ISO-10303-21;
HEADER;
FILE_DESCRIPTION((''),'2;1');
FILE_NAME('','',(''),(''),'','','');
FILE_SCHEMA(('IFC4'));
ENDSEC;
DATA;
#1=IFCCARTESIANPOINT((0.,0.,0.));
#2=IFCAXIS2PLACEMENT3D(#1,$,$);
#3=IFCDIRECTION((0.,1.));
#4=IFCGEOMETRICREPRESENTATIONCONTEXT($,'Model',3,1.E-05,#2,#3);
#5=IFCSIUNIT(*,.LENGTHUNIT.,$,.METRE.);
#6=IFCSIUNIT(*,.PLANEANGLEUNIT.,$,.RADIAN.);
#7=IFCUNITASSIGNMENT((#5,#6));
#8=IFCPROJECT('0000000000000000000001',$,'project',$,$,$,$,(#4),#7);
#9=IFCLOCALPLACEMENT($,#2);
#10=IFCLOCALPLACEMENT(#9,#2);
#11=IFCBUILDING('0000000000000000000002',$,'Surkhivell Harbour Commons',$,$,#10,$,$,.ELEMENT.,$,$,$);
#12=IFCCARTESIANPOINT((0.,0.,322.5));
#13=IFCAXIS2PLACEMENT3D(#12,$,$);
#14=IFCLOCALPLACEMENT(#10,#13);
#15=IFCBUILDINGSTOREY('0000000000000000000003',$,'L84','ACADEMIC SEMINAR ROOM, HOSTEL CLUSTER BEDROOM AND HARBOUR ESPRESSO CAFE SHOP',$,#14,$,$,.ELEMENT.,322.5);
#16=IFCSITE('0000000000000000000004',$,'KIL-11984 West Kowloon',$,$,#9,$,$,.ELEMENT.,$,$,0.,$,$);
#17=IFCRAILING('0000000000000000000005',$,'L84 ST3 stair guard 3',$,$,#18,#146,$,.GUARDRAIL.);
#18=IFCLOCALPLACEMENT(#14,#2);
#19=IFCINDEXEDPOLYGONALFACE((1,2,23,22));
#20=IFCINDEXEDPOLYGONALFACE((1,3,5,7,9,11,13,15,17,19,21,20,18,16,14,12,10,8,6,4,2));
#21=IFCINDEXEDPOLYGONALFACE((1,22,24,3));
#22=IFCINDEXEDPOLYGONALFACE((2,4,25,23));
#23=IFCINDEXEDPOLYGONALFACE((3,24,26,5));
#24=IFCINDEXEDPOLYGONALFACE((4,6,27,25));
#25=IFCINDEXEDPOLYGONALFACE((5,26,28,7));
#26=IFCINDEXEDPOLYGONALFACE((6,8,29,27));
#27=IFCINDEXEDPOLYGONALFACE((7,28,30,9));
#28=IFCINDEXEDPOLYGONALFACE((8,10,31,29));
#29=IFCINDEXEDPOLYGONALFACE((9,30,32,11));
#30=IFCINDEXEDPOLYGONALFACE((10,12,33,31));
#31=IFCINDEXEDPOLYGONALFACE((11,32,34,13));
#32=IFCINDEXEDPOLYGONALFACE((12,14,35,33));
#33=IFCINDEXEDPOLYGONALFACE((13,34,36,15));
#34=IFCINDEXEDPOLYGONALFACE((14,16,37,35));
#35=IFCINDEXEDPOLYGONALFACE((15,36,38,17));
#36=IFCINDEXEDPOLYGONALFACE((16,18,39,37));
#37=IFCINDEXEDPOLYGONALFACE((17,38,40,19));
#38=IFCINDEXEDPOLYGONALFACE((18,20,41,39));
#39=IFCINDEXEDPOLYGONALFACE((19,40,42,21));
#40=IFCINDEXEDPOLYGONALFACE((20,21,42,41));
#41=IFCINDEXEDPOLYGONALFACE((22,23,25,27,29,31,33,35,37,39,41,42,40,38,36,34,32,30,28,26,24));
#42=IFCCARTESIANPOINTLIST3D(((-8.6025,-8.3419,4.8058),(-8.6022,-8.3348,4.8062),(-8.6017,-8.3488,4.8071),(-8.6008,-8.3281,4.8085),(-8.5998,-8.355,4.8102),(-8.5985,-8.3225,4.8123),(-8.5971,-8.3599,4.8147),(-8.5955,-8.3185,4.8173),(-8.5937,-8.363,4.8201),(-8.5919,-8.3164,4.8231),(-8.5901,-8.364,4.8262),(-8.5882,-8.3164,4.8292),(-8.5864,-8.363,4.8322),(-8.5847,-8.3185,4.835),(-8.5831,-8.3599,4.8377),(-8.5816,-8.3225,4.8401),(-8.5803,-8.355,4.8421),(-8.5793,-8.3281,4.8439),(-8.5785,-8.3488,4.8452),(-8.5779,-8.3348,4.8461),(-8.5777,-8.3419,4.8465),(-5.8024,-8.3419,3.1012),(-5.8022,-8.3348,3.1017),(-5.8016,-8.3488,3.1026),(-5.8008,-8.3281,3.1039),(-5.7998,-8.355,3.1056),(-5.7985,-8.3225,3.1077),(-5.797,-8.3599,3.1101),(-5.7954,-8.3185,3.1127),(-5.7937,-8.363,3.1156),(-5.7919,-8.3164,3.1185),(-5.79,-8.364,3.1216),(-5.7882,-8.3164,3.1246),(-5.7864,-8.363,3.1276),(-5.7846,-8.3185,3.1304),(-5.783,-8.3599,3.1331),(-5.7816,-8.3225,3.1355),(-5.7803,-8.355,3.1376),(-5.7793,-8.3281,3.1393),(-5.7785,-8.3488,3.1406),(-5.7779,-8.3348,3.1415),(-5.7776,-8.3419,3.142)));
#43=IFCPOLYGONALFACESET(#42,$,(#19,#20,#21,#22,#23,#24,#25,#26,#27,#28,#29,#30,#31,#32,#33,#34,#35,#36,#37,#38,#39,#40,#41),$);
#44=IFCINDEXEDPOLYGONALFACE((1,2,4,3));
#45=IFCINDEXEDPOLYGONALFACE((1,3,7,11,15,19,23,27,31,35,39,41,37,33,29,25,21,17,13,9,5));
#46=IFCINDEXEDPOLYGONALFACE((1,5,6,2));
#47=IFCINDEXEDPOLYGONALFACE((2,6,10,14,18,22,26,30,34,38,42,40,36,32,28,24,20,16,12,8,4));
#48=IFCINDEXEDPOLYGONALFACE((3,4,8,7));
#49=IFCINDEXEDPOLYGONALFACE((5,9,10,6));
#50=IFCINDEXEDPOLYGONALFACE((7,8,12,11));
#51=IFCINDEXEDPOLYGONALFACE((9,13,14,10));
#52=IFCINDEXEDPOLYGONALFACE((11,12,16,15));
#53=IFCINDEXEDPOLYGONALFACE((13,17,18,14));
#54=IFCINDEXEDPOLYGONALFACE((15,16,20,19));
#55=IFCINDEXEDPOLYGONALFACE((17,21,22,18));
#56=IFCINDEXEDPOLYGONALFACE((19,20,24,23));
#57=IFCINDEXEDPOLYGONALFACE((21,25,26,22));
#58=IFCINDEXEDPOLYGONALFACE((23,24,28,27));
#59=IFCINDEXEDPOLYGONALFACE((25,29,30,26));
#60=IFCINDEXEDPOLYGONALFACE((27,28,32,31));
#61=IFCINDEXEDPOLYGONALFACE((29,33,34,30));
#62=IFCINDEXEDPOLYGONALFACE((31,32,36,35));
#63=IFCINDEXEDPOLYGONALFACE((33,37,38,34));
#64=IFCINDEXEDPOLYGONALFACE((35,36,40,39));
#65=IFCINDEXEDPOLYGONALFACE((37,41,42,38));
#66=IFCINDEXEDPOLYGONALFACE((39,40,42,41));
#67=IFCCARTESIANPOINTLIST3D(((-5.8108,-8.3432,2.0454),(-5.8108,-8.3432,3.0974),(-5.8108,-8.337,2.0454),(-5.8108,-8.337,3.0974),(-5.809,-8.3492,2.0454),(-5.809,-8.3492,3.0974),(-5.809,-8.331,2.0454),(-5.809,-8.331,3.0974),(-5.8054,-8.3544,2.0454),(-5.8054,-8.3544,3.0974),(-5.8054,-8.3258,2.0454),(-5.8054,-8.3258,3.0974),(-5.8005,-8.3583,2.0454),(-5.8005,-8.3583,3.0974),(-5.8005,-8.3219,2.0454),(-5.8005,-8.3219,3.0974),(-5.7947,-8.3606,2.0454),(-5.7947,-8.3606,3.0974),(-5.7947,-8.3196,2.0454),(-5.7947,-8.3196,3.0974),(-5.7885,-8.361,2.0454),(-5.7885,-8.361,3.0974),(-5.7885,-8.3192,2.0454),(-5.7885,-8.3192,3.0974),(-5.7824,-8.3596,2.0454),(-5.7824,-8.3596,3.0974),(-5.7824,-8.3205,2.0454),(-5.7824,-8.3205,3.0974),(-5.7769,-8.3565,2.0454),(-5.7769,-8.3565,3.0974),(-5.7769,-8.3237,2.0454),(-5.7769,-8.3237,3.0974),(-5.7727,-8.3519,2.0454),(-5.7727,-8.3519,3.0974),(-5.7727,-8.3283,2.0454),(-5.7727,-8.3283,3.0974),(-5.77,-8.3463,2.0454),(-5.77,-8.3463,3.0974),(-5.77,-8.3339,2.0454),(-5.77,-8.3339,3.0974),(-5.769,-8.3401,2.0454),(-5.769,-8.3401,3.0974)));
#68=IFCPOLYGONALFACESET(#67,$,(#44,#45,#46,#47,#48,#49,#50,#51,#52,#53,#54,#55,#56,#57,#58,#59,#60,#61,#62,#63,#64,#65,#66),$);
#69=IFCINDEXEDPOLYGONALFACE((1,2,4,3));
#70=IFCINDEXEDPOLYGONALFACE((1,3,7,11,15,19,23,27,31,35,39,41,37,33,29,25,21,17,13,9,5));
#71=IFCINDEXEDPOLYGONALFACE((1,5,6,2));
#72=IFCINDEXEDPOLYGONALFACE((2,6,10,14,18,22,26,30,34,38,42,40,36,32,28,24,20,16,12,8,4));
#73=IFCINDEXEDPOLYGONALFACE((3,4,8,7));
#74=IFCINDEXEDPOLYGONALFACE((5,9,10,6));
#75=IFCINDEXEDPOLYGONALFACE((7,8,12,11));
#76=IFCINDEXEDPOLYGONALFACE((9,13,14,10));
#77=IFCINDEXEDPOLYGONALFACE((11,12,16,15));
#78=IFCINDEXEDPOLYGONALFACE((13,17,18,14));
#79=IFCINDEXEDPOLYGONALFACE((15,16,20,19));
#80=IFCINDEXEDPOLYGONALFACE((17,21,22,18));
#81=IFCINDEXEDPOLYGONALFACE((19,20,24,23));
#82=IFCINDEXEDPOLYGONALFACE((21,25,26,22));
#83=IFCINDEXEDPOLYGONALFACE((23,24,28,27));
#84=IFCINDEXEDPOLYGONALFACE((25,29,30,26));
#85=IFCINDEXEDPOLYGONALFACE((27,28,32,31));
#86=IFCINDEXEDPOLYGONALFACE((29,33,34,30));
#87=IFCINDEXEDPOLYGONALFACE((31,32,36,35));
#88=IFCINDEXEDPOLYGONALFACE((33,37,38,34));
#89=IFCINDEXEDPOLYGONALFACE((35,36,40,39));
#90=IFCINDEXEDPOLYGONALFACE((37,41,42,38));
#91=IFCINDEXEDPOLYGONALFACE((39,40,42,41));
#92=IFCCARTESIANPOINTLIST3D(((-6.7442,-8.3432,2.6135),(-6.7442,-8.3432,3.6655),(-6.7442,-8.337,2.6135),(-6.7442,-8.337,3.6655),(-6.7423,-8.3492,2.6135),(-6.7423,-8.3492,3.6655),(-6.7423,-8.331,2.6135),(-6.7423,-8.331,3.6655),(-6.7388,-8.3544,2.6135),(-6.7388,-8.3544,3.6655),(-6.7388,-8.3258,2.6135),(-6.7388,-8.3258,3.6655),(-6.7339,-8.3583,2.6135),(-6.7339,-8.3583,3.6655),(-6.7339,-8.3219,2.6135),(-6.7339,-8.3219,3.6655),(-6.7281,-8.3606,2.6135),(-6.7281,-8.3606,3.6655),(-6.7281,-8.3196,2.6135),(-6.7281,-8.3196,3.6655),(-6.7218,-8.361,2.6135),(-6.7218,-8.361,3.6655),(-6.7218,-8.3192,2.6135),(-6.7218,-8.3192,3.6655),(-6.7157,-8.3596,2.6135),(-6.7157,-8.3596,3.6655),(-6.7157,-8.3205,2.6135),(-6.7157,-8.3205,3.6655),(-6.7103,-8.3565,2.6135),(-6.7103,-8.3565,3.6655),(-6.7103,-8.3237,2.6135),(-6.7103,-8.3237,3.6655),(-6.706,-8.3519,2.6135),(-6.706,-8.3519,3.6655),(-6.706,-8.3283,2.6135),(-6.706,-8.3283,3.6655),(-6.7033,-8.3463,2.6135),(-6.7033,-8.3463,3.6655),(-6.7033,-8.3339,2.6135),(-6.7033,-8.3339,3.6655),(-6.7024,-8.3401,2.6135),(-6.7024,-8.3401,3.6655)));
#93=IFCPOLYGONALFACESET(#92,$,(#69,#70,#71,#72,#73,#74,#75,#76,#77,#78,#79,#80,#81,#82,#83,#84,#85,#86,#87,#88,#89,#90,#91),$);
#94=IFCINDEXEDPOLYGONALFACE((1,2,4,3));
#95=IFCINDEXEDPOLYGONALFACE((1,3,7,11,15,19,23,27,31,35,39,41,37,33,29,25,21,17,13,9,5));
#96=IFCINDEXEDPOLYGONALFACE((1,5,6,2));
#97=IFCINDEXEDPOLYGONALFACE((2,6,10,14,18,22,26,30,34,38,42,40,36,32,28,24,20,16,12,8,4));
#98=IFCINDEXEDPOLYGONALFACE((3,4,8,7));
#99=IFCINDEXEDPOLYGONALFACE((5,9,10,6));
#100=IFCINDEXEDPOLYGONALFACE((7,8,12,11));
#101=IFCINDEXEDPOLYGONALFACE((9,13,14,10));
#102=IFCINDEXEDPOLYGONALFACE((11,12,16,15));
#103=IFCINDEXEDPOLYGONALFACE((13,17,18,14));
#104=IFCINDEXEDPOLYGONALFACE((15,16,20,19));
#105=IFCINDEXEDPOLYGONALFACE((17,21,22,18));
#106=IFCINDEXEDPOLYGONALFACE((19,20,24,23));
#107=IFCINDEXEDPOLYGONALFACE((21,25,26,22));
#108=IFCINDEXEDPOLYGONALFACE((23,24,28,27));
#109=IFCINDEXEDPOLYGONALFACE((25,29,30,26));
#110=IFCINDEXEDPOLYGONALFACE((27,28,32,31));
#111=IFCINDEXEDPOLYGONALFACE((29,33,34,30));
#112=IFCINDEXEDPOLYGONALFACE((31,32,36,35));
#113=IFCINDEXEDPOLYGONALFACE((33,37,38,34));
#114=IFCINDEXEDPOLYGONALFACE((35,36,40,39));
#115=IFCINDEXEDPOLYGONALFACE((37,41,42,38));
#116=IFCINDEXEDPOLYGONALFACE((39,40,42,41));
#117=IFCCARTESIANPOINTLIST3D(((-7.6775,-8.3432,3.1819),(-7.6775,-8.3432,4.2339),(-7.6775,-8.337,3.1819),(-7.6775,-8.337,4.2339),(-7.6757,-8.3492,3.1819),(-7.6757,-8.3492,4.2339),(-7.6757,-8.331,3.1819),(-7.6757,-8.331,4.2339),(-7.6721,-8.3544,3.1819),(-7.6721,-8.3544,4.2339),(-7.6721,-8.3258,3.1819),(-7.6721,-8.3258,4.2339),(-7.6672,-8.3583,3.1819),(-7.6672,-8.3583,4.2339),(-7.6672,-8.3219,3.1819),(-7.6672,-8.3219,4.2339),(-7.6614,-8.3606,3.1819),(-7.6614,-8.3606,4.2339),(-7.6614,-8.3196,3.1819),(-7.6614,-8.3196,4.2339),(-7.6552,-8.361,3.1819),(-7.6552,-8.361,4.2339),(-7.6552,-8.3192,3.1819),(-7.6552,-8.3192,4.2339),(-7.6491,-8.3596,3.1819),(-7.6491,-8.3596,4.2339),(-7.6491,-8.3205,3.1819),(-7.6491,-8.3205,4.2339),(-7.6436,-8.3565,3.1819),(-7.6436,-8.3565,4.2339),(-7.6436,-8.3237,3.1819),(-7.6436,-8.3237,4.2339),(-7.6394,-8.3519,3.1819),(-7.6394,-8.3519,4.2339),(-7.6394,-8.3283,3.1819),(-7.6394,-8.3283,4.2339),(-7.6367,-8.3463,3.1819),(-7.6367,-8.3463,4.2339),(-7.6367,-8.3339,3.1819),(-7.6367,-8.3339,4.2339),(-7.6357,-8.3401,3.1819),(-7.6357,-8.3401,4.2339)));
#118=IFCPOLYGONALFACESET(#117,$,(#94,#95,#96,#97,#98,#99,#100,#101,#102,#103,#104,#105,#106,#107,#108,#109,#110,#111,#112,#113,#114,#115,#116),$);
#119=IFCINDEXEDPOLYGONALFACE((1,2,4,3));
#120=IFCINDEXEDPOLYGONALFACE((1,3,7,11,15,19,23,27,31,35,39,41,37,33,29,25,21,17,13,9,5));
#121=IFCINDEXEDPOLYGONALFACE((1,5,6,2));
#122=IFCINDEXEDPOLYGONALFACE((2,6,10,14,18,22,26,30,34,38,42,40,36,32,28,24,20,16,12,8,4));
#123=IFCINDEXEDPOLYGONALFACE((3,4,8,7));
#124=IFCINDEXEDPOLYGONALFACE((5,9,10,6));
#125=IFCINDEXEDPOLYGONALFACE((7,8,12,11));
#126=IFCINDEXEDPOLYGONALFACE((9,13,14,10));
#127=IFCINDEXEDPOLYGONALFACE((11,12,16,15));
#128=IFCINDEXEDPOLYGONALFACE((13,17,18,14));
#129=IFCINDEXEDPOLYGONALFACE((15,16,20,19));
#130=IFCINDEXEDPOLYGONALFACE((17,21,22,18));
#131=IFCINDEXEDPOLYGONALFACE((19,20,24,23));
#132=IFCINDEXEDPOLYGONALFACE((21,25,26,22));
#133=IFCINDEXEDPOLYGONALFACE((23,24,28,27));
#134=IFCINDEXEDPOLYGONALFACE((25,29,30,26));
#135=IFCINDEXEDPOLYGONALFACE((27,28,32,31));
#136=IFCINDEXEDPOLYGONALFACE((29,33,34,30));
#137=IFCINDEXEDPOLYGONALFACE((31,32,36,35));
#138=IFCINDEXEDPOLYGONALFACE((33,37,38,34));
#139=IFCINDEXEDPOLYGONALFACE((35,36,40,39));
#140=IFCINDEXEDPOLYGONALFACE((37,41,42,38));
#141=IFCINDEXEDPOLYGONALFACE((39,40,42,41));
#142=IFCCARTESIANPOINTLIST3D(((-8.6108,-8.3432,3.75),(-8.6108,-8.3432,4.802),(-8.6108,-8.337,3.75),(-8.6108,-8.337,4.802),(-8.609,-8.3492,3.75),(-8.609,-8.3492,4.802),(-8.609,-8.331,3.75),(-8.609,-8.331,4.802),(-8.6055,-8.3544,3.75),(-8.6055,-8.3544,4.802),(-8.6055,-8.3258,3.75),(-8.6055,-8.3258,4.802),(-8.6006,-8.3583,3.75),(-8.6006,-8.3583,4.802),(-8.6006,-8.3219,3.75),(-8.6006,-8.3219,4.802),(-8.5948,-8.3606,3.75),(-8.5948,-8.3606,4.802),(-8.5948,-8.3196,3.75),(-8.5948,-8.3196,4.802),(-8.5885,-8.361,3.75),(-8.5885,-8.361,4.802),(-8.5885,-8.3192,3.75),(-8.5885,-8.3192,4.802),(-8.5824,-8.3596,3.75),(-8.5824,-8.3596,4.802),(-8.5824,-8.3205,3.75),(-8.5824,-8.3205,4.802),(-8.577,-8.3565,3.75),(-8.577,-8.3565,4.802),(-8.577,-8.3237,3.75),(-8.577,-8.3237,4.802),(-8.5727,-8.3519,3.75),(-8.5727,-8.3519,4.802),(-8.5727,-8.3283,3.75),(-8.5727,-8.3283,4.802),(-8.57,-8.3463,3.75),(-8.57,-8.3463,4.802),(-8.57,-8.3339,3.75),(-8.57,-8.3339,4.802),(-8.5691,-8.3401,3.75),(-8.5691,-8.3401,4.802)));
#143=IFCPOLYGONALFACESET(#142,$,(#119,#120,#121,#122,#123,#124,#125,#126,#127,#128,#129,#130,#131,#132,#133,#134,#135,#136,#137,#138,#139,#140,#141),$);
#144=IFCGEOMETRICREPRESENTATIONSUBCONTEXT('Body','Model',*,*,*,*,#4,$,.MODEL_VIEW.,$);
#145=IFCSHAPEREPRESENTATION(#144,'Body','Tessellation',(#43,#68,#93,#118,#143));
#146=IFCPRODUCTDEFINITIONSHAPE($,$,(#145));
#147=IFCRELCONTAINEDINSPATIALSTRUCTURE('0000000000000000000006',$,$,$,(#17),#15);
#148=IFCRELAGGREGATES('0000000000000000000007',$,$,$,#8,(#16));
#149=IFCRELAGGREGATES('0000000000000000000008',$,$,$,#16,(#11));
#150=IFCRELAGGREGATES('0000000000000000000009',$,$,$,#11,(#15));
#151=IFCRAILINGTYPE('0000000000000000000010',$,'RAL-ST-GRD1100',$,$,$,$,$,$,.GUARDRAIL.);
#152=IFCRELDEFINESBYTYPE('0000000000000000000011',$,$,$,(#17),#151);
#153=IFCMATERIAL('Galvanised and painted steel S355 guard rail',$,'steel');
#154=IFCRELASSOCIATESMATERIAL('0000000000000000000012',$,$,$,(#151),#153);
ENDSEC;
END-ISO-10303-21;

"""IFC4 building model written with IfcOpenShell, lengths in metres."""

from ifc_helpers import new_model, si_unit, direction, frame, origin, origin_2d, place, context, subcontext, project, spatial, circle, extrude, material, type_object, element, save


model = new_model("IFC4")

# Units and contexts
model_context = context("Model", 3, precision=1e-05, world=origin(), true_north=direction((0.0, 1.0)))
body_context = subcontext(model_context, "Body", "Model", "MODEL_VIEW")
ifc_project = project(units=[si_unit("LENGTHUNIT", "METRE"), si_unit("PLANEANGLEUNIT", "RADIAN")], contexts=[model_context])

# Site, building, storey
site_placement = place(None, origin())
site = spatial("IfcSite", under=ifc_project, at=site_placement, Name="KIL-11984 West Kowloon", CompositionType="ELEMENT", RefElevation=0.0)
building_placement = place(site_placement, origin())
building = spatial("IfcBuilding", under=site, at=building_placement, Name="Surkhivell Harbour Commons", CompositionType="ELEMENT")
storey_placement = place(building_placement, frame((0.0, 0.0, 322.5)))
storey = spatial("IfcBuildingStorey", under=building, at=storey_placement, Name="L84", Description="ACADEMIC SEMINAR ROOM, HOSTEL CLUSTER BEDROOM AND HARBOUR ESPRESSO CAFE SHOP", CompositionType="ELEMENT", Elevation=322.5)

# Railing
ifc_material_1 = material(Name="Galvanised and painted steel S355 guard rail", Category="steel")
railing_type_1 = type_object("IfcRailingType", Name="RAL-ST-GRD1100", PredefinedType="GUARDRAIL", material=ifc_material_1)
railing_1_placement = place(storey_placement, frame((-5.79, -8.3401, 2.0454)))
element("IfcRailing", 1, at=railing_1_placement, inside=storey, type_object=railing_type_1, Name="L84 ST3 stair guard 3", PredefinedType="GUARDRAIL", context=body_context, shape_type="SweptSolid", body=[
    extrude(circle(Radius=0.0239, at=origin_2d()), frame((0.0, 0.0, 1.0762), z_axis=(-0.85417, 0.0, 0.519994), x_axis=(0.0, -1.0, 0.0)), (0.0, 0.0, 1.0), 3.2781),
    extrude(circle(Radius=0.021, at=origin_2d()), origin(), (0.0, 0.0, 1.0), 1.052),
    extrude(circle(Radius=0.021, at=origin_2d()), frame((-0.9333, 0.0, 0.5681)), (0.0, 0.0, 1.0), 1.052),
    extrude(circle(Radius=0.021, at=origin_2d()), frame((-1.8667, 0.0, 1.1365)), (0.0, 0.0, 1.0), 1.052),
    extrude(circle(Radius=0.021, at=origin_2d()), frame((-2.8, 0.0, 1.7046)), (0.0, 0.0, 1.0), 1.052),
])

save(model, "model.ifc")
